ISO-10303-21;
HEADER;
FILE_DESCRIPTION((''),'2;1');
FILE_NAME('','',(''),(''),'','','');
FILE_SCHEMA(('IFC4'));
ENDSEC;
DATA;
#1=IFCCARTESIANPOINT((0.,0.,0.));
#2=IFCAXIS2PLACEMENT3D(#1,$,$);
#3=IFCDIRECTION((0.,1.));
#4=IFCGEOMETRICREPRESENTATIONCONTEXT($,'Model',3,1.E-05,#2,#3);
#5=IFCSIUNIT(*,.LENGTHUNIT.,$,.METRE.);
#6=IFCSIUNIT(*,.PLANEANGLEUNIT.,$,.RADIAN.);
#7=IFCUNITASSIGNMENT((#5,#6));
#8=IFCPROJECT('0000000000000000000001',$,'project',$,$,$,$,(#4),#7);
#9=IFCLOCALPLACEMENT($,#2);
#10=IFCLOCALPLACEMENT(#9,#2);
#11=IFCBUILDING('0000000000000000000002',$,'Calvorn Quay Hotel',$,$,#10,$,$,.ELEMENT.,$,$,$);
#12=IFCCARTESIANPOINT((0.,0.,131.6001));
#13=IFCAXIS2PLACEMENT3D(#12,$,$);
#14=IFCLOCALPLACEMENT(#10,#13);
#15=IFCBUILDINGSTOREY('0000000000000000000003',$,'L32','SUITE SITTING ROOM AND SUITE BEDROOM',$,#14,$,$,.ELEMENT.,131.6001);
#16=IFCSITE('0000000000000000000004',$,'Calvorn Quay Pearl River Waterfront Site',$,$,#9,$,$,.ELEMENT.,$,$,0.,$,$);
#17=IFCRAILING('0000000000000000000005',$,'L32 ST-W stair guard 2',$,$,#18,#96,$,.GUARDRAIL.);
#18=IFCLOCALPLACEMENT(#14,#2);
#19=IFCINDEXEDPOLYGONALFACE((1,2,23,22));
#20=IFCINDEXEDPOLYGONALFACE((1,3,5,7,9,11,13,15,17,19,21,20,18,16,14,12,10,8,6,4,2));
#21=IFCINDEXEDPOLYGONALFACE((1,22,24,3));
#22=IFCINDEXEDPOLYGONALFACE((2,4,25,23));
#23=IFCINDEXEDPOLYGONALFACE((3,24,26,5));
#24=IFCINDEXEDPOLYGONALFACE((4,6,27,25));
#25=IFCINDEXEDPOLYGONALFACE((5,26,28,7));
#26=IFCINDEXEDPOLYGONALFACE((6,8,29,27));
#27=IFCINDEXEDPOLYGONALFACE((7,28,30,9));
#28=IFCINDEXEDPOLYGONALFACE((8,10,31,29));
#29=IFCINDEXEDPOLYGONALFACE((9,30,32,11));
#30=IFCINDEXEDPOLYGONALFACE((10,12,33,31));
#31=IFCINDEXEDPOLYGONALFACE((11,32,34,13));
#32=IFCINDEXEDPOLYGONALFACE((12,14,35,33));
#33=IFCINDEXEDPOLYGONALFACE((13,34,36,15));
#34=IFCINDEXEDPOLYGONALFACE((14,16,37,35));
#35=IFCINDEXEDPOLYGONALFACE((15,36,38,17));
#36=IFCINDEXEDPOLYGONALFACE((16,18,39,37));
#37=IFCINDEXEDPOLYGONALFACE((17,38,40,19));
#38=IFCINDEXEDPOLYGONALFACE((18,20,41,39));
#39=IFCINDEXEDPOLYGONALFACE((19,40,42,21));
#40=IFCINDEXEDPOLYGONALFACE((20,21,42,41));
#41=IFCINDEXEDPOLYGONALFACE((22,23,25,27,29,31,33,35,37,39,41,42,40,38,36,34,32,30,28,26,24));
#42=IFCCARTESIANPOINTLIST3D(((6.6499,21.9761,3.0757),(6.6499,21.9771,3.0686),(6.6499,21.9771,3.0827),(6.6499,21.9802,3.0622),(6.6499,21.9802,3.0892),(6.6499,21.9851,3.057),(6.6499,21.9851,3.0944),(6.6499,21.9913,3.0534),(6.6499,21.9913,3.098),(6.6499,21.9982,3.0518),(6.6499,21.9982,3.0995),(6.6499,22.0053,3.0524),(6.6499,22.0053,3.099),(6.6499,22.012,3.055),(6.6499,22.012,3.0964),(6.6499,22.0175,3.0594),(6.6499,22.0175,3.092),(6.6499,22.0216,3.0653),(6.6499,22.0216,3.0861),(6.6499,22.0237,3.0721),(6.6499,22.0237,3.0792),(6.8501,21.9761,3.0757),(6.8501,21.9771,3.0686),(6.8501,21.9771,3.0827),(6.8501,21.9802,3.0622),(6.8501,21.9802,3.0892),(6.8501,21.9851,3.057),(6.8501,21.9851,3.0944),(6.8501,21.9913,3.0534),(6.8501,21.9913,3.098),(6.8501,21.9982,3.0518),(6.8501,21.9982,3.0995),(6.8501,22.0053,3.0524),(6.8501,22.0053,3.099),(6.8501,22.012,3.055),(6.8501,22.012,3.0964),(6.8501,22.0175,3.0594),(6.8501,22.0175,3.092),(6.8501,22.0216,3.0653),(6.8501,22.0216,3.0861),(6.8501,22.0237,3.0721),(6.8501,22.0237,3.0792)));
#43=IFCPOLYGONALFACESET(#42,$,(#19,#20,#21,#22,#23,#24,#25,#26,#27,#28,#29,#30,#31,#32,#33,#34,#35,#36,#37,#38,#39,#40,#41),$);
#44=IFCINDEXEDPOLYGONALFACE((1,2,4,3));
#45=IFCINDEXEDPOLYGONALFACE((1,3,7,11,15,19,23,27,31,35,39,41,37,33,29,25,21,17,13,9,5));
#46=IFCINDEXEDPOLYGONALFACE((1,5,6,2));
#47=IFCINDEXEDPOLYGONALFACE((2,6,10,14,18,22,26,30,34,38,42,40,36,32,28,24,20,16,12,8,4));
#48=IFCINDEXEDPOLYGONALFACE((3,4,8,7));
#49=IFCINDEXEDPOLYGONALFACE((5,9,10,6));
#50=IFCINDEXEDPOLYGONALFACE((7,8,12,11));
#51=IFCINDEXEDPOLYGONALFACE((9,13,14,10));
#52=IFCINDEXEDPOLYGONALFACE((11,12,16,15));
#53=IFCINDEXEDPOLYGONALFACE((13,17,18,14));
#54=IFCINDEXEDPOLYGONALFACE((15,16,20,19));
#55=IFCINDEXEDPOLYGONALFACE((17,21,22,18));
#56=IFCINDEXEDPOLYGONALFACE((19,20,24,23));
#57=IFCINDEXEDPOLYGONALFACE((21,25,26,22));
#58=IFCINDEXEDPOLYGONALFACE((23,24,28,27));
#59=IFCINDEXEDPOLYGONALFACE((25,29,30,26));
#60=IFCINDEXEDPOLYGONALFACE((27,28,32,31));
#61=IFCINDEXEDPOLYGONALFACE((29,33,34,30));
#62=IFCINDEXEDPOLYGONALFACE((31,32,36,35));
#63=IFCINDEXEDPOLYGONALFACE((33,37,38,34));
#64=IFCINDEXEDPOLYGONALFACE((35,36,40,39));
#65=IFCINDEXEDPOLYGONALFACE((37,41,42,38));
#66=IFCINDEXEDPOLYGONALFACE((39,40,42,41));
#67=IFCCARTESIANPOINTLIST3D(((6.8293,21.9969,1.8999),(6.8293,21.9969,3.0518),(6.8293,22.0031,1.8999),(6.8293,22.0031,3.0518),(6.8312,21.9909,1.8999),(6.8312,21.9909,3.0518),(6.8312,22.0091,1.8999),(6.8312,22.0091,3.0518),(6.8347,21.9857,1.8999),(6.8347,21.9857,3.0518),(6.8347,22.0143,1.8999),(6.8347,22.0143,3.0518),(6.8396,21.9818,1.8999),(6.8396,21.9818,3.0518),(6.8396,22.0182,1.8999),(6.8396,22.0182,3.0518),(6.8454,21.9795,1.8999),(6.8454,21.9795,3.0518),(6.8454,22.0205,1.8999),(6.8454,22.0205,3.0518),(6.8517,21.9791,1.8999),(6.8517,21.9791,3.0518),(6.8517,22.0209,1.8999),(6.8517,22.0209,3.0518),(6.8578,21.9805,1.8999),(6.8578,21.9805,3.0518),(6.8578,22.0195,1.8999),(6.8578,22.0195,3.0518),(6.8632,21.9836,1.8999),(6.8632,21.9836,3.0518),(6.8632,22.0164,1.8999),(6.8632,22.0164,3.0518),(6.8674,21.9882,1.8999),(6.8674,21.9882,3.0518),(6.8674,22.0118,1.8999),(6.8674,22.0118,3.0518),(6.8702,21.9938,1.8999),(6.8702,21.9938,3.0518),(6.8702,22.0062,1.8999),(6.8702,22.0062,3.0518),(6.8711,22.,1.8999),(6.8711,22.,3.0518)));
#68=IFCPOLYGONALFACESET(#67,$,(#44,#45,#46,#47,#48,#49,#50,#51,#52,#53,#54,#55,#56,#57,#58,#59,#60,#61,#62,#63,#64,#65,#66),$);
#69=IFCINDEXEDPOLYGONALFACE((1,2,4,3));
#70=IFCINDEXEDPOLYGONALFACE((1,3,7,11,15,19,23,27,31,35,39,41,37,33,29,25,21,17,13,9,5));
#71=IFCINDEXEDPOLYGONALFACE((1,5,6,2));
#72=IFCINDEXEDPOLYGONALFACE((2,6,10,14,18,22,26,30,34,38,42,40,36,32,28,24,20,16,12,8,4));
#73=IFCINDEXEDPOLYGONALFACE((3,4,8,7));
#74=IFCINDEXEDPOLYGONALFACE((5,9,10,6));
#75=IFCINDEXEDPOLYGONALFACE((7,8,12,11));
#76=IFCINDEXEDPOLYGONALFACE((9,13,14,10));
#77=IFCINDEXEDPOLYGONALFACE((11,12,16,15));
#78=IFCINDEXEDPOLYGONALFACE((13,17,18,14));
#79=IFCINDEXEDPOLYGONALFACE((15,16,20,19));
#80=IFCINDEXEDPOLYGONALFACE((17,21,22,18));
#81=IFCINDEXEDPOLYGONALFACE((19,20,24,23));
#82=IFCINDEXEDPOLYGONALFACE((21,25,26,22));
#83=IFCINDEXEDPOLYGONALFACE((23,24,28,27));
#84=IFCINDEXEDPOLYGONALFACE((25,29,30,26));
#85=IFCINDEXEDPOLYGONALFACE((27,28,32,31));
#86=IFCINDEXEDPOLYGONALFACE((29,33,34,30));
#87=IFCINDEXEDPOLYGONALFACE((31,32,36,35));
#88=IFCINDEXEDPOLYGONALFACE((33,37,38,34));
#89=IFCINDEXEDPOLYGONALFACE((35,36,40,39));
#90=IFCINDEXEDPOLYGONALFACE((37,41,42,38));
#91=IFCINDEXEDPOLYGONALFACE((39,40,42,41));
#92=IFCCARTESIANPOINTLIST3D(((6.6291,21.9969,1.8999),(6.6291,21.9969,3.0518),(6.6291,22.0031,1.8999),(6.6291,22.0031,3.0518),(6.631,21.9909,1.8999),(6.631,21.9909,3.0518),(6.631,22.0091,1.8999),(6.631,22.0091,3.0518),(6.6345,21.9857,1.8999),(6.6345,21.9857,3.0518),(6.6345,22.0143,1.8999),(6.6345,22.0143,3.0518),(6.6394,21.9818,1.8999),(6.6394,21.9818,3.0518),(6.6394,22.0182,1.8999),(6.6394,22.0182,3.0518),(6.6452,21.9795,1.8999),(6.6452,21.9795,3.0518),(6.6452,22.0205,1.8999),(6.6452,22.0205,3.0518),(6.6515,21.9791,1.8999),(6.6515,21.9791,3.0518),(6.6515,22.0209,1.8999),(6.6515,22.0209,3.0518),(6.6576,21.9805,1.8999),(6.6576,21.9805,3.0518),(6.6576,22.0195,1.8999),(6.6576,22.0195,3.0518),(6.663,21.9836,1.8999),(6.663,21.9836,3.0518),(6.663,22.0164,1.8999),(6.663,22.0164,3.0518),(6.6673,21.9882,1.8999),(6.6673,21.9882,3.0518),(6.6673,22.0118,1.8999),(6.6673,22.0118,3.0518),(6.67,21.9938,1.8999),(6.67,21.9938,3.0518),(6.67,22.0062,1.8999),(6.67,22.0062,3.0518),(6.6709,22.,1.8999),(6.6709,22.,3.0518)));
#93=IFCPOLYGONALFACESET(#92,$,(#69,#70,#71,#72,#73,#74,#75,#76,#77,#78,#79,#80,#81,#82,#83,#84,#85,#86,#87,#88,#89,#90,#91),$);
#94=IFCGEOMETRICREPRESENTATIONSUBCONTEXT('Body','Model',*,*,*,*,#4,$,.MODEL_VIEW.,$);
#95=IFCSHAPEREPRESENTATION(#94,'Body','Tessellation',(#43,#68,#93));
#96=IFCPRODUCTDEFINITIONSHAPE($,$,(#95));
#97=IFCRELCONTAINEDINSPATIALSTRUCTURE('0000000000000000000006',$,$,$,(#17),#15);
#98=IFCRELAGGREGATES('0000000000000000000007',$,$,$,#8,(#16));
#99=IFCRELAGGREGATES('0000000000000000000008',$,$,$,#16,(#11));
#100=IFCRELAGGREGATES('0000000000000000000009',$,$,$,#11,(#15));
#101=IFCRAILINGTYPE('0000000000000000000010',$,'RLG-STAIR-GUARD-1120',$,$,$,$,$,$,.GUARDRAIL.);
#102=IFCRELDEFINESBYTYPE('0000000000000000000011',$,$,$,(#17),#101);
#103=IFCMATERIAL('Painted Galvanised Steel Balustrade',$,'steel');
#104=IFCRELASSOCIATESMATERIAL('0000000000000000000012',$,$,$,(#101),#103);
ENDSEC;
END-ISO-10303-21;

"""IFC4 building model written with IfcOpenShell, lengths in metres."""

from ifc_helpers import new_model, si_unit, direction, frame, origin, origin_2d, place, context, subcontext, project, spatial, circle, extrude, material, type_object, element, save


model = new_model("IFC4")

# Units and contexts
model_context = context("Model", 3, precision=1e-05, world=origin(), true_north=direction((0.0, 1.0)))
body_context = subcontext(model_context, "Body", "Model", "MODEL_VIEW")
ifc_project = project(units=[si_unit("LENGTHUNIT", "METRE"), si_unit("PLANEANGLEUNIT", "RADIAN")], contexts=[model_context])

# Site, building, storey
site_placement = place(None, origin())
site = spatial("IfcSite", under=ifc_project, at=site_placement, Name="Calvorn Quay Pearl River Waterfront Site", CompositionType="ELEMENT", RefElevation=0.0)
building_placement = place(site_placement, origin())
building = spatial("IfcBuilding", under=site, at=building_placement, Name="Calvorn Quay Hotel", CompositionType="ELEMENT")
storey_placement = place(building_placement, frame((0.0, 0.0, 131.6001)))
storey = spatial("IfcBuildingStorey", under=building, at=storey_placement, Name="L32", Description="SUITE SITTING ROOM AND SUITE BEDROOM", CompositionType="ELEMENT", Elevation=131.6001)

# Railing
ifc_material_1 = material(Name="Painted Galvanised Steel Balustrade", Category="steel")
railing_type_1 = type_object("IfcRailingType", Name="RLG-STAIR-GUARD-1120", PredefinedType="GUARDRAIL", material=ifc_material_1)
railing_1_placement = place(storey_placement, frame((6.8501, 22.0, 1.8999)))
element("IfcRailing", 1, at=railing_1_placement, inside=storey, type_object=railing_type_1, Name="L32 ST-W stair guard 2", PredefinedType="GUARDRAIL", context=body_context, shape_type="SweptSolid", body=[
    extrude(circle(Radius=0.0239, at=origin_2d()), frame((0.0, 0.0, 1.1758), z_axis=(-1.0, 0.0, 0.0), x_axis=(0.0, -1.0, 0.0)), (0.0, 0.0, 1.0), 0.2002),
    extrude(circle(Radius=0.021, at=origin_2d()), origin(), (0.0, 0.0, 1.0), 1.1519),
    extrude(circle(Radius=0.021, at=origin_2d()), frame((-0.2002, 0.0, 0.0)), (0.0, 0.0, 1.0), 1.1519),
])

save(model, "model.ifc")
